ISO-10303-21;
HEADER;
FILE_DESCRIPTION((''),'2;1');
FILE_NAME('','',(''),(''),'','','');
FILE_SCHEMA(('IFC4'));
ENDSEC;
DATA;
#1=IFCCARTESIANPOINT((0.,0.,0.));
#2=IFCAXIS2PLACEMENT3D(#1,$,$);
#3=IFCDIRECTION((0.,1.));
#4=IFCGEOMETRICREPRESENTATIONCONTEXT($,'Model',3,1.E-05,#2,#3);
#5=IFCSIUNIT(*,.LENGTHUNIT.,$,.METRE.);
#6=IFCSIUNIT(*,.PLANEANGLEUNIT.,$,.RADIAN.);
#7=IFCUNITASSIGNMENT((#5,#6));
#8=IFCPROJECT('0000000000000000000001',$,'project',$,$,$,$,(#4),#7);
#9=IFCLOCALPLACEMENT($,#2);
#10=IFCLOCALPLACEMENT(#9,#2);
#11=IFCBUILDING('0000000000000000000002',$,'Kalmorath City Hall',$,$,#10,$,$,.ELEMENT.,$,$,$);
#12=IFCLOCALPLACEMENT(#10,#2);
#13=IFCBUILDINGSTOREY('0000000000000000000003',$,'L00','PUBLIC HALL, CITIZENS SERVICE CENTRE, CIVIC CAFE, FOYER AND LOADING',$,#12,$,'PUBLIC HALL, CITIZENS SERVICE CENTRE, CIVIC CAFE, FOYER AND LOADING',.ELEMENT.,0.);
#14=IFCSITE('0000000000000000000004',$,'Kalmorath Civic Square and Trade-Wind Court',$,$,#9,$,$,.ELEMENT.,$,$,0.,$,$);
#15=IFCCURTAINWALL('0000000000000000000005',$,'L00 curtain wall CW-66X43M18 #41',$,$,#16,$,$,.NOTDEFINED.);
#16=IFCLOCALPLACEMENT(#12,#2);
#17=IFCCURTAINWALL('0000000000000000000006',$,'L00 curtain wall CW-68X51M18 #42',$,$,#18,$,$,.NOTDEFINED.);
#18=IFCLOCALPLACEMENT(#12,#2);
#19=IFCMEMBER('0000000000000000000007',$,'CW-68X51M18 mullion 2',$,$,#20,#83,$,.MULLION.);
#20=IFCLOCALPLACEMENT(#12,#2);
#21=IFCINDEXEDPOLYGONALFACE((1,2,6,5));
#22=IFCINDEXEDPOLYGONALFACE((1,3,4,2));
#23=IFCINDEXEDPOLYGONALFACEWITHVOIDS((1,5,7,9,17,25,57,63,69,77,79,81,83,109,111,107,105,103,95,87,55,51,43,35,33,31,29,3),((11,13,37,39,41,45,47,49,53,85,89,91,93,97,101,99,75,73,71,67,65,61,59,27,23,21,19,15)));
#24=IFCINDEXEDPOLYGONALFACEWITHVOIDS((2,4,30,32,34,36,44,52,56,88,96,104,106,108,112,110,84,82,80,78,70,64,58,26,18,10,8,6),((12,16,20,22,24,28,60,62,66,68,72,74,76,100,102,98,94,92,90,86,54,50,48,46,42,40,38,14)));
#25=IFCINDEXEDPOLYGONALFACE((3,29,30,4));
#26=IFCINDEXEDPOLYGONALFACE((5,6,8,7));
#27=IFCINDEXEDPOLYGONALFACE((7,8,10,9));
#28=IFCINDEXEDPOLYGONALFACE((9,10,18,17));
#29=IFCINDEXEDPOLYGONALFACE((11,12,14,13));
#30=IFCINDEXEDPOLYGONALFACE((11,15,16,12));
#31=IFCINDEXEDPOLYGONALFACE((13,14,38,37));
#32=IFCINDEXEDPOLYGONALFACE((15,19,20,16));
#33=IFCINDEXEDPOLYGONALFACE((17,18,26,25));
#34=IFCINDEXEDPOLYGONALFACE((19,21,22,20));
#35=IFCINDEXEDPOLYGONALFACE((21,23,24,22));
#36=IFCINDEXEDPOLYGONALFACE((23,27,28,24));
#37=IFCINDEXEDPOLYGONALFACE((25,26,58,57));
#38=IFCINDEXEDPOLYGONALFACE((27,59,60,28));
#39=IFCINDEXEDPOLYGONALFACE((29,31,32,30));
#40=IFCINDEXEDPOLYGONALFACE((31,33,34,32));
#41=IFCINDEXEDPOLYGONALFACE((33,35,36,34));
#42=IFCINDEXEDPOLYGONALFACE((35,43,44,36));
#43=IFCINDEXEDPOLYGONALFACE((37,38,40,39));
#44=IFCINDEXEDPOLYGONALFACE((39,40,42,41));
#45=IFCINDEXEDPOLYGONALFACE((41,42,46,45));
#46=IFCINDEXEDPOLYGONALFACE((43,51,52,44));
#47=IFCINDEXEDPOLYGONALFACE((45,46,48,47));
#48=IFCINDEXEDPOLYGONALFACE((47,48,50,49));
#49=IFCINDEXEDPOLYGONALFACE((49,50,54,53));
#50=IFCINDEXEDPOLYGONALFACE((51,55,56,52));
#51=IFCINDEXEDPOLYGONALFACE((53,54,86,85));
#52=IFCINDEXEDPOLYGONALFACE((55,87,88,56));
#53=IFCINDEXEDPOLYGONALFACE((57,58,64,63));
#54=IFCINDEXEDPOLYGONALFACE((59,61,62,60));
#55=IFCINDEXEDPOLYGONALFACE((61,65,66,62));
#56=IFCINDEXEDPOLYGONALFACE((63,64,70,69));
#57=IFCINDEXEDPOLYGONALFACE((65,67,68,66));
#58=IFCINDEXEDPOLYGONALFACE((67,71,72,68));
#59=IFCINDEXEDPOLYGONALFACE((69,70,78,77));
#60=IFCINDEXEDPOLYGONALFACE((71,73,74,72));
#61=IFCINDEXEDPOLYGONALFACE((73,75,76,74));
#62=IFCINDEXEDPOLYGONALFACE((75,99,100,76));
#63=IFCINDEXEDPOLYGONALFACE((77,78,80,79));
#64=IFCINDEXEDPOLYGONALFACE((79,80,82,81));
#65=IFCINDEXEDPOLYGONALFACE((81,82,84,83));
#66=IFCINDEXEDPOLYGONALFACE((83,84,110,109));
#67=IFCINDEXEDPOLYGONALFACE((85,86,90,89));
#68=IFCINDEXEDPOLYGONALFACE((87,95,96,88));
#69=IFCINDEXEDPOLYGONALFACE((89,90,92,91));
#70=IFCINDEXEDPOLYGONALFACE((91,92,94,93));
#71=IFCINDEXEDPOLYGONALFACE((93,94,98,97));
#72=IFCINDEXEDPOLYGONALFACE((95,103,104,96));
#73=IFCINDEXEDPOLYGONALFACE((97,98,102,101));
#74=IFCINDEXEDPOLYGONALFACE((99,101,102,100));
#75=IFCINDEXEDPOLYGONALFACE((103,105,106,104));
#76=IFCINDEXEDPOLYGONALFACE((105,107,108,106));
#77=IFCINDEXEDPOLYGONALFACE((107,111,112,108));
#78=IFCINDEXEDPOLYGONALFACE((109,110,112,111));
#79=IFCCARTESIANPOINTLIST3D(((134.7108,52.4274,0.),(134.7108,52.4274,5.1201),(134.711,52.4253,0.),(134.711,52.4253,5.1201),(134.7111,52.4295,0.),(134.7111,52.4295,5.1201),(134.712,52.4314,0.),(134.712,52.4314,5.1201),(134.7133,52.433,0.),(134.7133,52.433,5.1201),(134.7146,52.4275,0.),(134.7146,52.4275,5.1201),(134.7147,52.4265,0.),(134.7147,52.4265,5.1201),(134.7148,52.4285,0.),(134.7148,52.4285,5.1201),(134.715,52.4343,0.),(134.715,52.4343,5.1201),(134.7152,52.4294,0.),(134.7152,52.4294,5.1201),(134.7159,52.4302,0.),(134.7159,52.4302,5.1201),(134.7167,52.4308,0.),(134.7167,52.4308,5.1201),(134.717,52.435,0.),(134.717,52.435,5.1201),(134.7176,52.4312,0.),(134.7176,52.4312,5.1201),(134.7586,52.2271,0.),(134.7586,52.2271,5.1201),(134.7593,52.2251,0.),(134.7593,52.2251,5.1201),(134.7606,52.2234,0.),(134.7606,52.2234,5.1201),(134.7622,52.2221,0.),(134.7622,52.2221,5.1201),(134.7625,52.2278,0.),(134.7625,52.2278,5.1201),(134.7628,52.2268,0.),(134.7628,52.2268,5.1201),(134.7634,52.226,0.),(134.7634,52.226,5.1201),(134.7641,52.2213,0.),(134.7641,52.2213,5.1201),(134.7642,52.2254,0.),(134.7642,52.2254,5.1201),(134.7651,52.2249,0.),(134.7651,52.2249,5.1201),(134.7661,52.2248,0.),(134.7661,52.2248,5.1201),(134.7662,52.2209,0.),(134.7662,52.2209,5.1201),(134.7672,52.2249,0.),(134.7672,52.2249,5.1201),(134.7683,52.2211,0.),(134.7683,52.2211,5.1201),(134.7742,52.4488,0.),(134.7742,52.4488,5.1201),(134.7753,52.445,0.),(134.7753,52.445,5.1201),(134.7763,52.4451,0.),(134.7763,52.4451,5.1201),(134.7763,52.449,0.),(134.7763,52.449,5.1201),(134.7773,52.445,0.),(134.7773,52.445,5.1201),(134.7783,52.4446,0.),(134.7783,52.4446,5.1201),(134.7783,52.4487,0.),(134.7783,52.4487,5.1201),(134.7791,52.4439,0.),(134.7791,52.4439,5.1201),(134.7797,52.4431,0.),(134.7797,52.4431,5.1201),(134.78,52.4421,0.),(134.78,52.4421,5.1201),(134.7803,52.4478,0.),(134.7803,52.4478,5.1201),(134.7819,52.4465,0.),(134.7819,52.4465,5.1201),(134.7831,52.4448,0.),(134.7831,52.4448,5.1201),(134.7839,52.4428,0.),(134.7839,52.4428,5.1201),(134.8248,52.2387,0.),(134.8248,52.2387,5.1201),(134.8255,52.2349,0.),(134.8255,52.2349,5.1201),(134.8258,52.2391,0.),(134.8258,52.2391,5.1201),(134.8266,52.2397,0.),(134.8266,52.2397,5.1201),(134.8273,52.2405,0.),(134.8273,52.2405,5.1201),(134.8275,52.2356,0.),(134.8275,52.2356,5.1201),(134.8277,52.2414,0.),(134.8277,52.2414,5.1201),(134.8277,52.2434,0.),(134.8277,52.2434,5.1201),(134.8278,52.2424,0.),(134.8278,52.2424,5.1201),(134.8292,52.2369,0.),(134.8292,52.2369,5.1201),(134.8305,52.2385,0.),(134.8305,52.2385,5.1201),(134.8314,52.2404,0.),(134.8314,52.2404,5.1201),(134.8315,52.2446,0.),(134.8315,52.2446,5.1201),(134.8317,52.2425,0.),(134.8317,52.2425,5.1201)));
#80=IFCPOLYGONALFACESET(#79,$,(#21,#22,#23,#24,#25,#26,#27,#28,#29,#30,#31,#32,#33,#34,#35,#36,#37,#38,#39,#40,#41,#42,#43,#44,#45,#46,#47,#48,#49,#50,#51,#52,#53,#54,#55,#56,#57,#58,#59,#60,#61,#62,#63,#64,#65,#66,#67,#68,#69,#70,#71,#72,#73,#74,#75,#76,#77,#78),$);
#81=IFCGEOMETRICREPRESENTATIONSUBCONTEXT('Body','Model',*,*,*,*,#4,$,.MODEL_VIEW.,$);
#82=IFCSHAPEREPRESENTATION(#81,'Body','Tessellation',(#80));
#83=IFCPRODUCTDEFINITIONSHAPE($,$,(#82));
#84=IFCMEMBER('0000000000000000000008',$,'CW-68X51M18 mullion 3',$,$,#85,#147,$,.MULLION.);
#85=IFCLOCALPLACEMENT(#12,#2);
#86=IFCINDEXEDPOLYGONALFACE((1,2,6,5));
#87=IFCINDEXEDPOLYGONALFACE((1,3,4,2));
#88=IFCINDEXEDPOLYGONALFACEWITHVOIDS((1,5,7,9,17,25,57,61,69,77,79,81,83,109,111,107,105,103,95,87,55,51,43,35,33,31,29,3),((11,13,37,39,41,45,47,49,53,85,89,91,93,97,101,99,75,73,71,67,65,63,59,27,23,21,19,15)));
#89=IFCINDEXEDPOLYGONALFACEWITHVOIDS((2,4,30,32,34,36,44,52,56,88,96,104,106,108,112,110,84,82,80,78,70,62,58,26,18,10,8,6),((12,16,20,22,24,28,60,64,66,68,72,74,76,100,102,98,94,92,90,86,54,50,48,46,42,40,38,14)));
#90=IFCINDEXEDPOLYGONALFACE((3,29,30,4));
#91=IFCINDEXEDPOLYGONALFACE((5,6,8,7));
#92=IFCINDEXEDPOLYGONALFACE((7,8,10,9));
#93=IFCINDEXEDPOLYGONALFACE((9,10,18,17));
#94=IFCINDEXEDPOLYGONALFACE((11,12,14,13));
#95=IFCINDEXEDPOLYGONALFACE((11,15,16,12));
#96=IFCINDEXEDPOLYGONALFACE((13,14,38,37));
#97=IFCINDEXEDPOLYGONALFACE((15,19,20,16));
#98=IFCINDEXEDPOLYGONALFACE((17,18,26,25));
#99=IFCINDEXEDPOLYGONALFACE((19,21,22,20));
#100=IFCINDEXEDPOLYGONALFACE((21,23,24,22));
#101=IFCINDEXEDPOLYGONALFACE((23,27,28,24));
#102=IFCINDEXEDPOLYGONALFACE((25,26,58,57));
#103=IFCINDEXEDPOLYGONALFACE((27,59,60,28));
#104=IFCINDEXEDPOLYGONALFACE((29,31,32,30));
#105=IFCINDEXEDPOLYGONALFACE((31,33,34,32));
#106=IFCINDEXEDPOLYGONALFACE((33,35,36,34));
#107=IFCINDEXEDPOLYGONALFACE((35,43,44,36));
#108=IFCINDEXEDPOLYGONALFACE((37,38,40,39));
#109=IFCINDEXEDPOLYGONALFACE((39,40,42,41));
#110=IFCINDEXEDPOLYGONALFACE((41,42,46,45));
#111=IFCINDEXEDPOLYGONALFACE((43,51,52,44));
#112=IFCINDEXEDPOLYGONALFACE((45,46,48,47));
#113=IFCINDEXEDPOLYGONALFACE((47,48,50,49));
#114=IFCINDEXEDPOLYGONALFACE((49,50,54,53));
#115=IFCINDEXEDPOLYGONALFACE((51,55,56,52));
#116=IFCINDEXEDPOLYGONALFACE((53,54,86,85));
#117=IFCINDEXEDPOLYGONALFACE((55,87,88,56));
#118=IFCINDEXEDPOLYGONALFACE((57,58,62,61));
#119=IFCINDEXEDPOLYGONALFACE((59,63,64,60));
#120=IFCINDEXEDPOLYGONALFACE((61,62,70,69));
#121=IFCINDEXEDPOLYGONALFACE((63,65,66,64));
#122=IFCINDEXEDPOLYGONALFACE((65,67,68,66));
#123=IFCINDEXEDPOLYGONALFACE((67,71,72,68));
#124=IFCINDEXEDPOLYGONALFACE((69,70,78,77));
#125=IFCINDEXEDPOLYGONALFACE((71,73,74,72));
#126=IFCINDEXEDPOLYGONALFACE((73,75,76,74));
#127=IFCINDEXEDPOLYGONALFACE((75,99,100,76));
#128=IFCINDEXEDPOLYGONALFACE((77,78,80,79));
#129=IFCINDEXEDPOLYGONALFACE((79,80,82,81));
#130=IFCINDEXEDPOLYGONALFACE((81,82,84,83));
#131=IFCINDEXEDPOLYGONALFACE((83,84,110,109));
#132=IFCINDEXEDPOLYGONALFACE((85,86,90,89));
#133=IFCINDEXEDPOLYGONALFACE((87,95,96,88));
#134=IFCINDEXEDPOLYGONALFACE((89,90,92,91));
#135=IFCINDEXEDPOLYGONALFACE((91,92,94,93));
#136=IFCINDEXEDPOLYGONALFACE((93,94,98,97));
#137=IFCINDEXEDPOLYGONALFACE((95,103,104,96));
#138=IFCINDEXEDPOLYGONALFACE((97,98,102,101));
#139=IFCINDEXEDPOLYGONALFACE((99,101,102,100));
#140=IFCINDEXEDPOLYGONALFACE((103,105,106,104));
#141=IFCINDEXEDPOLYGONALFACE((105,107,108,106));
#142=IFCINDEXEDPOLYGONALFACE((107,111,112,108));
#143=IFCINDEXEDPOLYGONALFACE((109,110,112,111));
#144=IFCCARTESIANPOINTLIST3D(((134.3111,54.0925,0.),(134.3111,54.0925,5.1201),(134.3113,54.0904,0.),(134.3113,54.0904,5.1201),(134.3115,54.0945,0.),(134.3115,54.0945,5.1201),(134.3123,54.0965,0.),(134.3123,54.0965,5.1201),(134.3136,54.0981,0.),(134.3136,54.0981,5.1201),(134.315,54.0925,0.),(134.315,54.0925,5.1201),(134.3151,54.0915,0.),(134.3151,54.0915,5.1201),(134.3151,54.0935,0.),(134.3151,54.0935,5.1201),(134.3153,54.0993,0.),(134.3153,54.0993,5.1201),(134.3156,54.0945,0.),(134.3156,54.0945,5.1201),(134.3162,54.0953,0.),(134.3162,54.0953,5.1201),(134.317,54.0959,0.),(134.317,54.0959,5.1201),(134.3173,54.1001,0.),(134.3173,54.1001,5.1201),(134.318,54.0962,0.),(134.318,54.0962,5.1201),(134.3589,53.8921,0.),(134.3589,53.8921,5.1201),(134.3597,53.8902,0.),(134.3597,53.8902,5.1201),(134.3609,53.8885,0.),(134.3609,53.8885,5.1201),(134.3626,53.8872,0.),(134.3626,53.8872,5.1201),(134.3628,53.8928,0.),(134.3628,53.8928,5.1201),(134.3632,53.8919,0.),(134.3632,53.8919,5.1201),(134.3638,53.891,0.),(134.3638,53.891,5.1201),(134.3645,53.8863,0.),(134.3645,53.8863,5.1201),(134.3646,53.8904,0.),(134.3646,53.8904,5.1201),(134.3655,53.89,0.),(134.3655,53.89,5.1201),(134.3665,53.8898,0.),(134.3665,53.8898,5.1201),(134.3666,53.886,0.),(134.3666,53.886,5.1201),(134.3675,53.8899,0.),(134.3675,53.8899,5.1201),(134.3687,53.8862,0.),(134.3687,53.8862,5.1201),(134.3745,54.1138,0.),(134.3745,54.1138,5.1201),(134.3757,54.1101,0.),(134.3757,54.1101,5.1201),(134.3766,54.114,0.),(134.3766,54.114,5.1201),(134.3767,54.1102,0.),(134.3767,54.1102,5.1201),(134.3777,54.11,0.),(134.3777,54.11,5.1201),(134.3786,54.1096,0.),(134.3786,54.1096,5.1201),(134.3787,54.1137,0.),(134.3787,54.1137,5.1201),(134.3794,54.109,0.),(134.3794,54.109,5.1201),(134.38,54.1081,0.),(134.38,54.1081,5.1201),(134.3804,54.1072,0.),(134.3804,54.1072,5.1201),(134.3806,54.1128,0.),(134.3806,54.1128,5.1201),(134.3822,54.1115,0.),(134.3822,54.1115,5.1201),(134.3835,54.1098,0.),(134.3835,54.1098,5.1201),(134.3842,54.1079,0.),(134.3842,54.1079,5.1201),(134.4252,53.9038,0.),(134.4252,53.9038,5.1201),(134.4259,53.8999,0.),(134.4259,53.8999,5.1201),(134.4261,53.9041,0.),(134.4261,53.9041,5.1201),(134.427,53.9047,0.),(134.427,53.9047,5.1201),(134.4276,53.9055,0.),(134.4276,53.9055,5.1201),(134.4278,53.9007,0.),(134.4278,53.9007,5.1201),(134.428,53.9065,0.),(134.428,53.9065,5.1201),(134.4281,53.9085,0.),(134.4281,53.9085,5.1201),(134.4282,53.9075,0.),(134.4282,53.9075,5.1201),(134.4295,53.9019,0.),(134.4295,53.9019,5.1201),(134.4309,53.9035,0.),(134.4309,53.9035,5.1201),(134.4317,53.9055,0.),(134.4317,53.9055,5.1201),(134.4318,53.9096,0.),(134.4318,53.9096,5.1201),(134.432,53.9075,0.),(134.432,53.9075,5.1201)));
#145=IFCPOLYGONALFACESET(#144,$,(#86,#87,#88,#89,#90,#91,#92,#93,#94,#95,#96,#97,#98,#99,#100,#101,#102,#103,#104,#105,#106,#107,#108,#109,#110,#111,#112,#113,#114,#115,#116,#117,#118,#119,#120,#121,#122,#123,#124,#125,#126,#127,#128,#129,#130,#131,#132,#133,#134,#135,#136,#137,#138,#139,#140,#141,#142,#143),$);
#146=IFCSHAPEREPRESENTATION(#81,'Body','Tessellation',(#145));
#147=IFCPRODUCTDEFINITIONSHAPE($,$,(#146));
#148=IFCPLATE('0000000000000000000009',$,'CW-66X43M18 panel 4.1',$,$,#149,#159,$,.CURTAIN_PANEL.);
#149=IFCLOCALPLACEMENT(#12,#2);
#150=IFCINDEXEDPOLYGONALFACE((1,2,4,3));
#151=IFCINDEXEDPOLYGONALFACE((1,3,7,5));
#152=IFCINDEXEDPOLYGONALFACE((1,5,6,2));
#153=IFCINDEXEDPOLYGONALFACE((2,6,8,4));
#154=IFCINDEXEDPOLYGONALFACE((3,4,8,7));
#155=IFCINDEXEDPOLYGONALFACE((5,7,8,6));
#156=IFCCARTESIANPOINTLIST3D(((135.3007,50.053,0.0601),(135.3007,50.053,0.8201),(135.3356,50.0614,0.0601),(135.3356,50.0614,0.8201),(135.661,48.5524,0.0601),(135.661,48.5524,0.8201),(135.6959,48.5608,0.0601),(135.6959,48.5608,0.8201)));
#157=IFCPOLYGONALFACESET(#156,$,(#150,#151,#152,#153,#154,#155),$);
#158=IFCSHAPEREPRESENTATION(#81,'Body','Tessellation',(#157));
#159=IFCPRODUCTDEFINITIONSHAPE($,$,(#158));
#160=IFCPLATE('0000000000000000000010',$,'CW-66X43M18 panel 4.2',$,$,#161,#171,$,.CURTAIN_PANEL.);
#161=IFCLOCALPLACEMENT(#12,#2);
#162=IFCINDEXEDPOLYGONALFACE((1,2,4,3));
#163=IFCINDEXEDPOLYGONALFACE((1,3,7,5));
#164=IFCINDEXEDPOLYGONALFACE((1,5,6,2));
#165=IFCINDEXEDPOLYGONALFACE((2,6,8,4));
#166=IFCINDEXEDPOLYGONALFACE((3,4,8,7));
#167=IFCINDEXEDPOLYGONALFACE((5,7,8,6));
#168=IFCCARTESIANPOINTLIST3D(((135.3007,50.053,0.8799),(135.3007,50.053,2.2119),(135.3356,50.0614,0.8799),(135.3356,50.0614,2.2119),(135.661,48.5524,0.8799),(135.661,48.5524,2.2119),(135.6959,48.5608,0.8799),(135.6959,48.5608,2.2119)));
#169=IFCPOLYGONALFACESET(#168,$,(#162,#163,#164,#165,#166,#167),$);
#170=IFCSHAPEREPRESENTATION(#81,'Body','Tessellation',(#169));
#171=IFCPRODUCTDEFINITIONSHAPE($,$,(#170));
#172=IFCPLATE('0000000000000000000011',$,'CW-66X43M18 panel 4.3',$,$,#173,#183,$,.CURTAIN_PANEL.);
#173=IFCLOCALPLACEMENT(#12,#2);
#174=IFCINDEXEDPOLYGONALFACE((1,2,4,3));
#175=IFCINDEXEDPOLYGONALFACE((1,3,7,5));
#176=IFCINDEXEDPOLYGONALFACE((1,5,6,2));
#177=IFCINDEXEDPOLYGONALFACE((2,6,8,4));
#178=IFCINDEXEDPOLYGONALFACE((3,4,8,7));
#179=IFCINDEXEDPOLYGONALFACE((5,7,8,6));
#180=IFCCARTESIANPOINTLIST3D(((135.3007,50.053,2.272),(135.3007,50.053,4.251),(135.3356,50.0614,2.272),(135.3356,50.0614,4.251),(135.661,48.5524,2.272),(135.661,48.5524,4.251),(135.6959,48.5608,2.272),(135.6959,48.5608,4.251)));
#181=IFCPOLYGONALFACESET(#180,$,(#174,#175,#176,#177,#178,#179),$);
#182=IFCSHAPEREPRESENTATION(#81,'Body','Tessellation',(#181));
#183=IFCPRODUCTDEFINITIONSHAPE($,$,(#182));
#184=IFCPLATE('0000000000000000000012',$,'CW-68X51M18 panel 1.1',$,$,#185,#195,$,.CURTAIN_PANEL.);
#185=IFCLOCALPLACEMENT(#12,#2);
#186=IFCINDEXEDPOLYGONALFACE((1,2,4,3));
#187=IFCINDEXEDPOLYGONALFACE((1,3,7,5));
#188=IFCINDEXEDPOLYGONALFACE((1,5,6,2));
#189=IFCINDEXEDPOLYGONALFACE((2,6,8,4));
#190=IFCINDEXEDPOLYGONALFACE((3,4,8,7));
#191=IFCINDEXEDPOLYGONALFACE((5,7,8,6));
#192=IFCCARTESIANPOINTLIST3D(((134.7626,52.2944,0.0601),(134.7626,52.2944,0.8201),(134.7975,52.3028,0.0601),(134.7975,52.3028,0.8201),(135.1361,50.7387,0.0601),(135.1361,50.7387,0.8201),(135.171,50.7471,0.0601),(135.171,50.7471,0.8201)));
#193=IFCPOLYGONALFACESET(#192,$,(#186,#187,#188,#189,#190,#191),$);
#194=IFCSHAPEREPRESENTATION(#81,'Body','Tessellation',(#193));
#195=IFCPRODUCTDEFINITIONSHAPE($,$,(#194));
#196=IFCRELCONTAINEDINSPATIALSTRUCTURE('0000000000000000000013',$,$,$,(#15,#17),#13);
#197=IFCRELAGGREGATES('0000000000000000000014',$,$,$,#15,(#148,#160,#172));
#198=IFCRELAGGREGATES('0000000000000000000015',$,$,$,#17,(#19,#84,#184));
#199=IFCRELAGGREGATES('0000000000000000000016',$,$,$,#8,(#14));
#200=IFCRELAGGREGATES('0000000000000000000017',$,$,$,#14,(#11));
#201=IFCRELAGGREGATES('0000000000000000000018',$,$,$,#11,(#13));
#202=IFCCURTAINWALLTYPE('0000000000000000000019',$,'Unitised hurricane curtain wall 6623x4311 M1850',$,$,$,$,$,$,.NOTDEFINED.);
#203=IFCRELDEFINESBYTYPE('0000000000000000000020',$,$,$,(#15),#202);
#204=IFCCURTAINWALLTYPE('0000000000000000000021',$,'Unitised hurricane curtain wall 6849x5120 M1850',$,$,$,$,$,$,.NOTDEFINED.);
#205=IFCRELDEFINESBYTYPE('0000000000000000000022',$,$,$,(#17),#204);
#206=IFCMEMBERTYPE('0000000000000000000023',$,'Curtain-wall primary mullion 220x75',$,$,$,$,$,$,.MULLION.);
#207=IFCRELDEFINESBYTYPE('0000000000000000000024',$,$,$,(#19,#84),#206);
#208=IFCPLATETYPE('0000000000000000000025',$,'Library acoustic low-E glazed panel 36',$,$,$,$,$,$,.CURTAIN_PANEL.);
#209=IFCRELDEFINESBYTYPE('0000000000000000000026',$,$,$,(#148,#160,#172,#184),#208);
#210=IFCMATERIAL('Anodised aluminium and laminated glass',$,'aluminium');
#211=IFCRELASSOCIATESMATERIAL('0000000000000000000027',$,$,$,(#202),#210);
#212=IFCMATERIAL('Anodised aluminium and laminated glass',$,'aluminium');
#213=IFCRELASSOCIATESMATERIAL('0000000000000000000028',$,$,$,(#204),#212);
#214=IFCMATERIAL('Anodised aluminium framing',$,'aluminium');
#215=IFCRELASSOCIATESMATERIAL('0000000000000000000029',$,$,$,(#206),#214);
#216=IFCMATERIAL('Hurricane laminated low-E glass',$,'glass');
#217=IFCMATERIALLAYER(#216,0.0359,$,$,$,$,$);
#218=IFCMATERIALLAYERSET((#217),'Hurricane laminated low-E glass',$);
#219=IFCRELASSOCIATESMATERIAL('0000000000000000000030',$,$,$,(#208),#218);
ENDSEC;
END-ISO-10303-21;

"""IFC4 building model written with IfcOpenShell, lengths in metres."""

from ifc_helpers import new_model, si_unit, direction, frame, origin, origin_2d, place, context, subcontext, project, spatial, rectangle, hollow_rectangle, extrude, material, layer, layer_set, material_profile, profile_set, type_object, element, aggregate, save


model = new_model("IFC4")

# Units and contexts
model_context = context("Model", 3, precision=1e-05, world=origin(), true_north=direction((0.0, 1.0)))
body_context = subcontext(model_context, "Body", "Model", "MODEL_VIEW")
ifc_project = project(units=[si_unit("LENGTHUNIT", "METRE"), si_unit("PLANEANGLEUNIT", "RADIAN")], contexts=[model_context])

# Site, building, storey
site_placement = place(None, origin())
site = spatial("IfcSite", under=ifc_project, at=site_placement, Name="Kalmorath Civic Square and Trade-Wind Court", CompositionType="ELEMENT", RefElevation=0.0)
building_placement = place(site_placement, origin())
building = spatial("IfcBuilding", under=site, at=building_placement, Name="Kalmorath City Hall", CompositionType="ELEMENT")
storey_placement = place(building_placement, origin())
storey = spatial("IfcBuildingStorey", under=building, at=storey_placement, Name="L00", Description="PUBLIC HALL, CITIZENS SERVICE CENTRE, CIVIC CAFE, FOYER AND LOADING", LongName="PUBLIC HALL, CITIZENS SERVICE CENTRE, CIVIC CAFE, FOYER AND LOADING", CompositionType="ELEMENT", Elevation=0.0)

# Curtain walls
ifc_material_1 = material(Name="Anodised aluminium and laminated glass", Category="aluminium")
curtain_wall_type_1 = type_object("IfcCurtainWallType", Name="Unitised hurricane curtain wall 6623x4311 M1850", PredefinedType="NOTDEFINED", material=ifc_material_1)
curtain_wall_1_placement = place(storey_placement, origin())
curtain_wall_1 = element("IfcCurtainWall", 1, at=curtain_wall_1_placement, inside=storey, type_object=curtain_wall_type_1, Name="L00 curtain wall CW-66X43M18 #41", PredefinedType="NOTDEFINED")
ifc_material_2 = material(Name="Anodised aluminium and laminated glass", Category="aluminium")
curtain_wall_type_2 = type_object("IfcCurtainWallType", Name="Unitised hurricane curtain wall 6849x5120 M1850", PredefinedType="NOTDEFINED", material=ifc_material_2)
curtain_wall_2_placement = place(storey_placement, origin())
curtain_wall_2 = element("IfcCurtainWall", 2, at=curtain_wall_2_placement, inside=storey, type_object=curtain_wall_type_2, Name="L00 curtain wall CW-68X51M18 #42", PredefinedType="NOTDEFINED")

# Members
ifc_material_3 = material(Name="Anodised aluminium framing", Category="aluminium")
ifc_material_profile_1 = material_profile(ifc_material_3, hollow_rectangle(XDim=0.075, YDim=0.22, WallThickness=0.0039, InnerFilletRadius=0.0039, OuterFilletRadius=0.0081, at=origin_2d()), Name="ALU-MUL-220X75X4")
ifc_profile_set_1 = profile_set([ifc_material_profile_1], Name="Anodised aluminium framing")
member_type_1 = type_object("IfcMemberType", Name="Curtain-wall primary mullion 220x75", PredefinedType="MULLION", material=ifc_profile_set_1)
member_1_placement = place(storey_placement, frame((134.7712, 52.335, 0.0), z_axis=(0.0, 0.0, 1.0), x_axis=(-0.972367, -0.233456, 0.0)))
member_1 = element("IfcMember", 3, at=member_1_placement, type_object=member_type_1, Name="CW-68X51M18 mullion 2", PredefinedType="MULLION", context=body_context, shape_type="SweptSolid", body=[
    extrude(hollow_rectangle(XDim=0.075, YDim=0.22, WallThickness=0.0039, InnerFilletRadius=0.0039, OuterFilletRadius=0.0081, at=origin_2d()), origin(), (0.0, 0.0, 1.0), 5.1201),
])
member_2_placement = place(storey_placement, frame((134.3716, 54.0, 0.0), z_axis=(0.0, 0.0, 1.0), x_axis=(-0.972367, -0.233456, 0.0)))
member_2 = element("IfcMember", 4, at=member_2_placement, type_object=member_type_1, Name="CW-68X51M18 mullion 3", PredefinedType="MULLION", context=body_context, shape_type="SweptSolid", body=[
    extrude(hollow_rectangle(XDim=0.075, YDim=0.22, WallThickness=0.0039, InnerFilletRadius=0.0039, OuterFilletRadius=0.0081, at=origin_2d()), origin(), (0.0, 0.0, 1.0), 5.1201),
])

# Plates
ifc_material_4 = material(Name="Hurricane laminated low-E glass", Category="glass")
ifc_layer = layer(ifc_material_4, 0.0359)
ifc_layer_set = layer_set([ifc_layer], Name="Hurricane laminated low-E glass")
plate_type = type_object("IfcPlateType", Name="Library acoustic low-E glazed panel 36", PredefinedType="CURTAIN_PANEL", material=ifc_layer_set)
plate_1_placement = place(storey_placement, frame((135.4983, 49.3069, 0.0601), z_axis=(0.0, 0.0, 1.0), x_axis=(-0.233459, 0.972367, 0.0)))
plate_1 = element("IfcPlate", 5, at=plate_1_placement, type_object=plate_type, Name="CW-66X43M18 panel 4.1", PredefinedType="CURTAIN_PANEL", context=body_context, shape_type="SweptSolid", body=[
    extrude(rectangle(XDim=1.5432, YDim=0.0359, at=origin_2d()), origin(), (0.0, 0.0, 1.0), 0.76),
])
plate_2_placement = place(storey_placement, frame((135.4983, 49.3069, 0.8799), z_axis=(0.0, 0.0, 1.0), x_axis=(-0.233459, 0.972367, 0.0)))
plate_2 = element("IfcPlate", 6, at=plate_2_placement, type_object=plate_type, Name="CW-66X43M18 panel 4.2", PredefinedType="CURTAIN_PANEL", context=body_context, shape_type="SweptSolid", body=[
    extrude(rectangle(XDim=1.5432, YDim=0.0359, at=origin_2d()), origin(), (0.0, 0.0, 1.0), 1.332),
])
plate_3_placement = place(storey_placement, frame((135.4983, 49.3069, 2.272), z_axis=(0.0, 0.0, 1.0), x_axis=(-0.233459, 0.972367, 0.0)))
plate_3 = element("IfcPlate", 7, at=plate_3_placement, type_object=plate_type, Name="CW-66X43M18 panel 4.3", PredefinedType="CURTAIN_PANEL", context=body_context, shape_type="SweptSolid", body=[
    extrude(rectangle(XDim=1.5432, YDim=0.0359, at=origin_2d()), origin(), (0.0, 0.0, 1.0), 1.979),
])
aggregate(curtain_wall_1, [plate_1, plate_2, plate_3])
plate_4_placement = place(storey_placement, frame((134.9668, 51.5208, 0.0601), z_axis=(0.0, 0.0, 1.0), x_axis=(-0.233456, 0.972367, 0.0)))
plate_4 = element("IfcPlate", 8, at=plate_4_placement, type_object=plate_type, Name="CW-68X51M18 panel 1.1", PredefinedType="CURTAIN_PANEL", context=body_context, shape_type="SweptSolid", body=[
    extrude(rectangle(XDim=1.5999, YDim=0.0359, at=origin_2d()), origin(), (0.0, 0.0, 1.0), 0.76),
])
aggregate(curtain_wall_2, [member_1, member_2, plate_4])

save(model, "model.ifc")
